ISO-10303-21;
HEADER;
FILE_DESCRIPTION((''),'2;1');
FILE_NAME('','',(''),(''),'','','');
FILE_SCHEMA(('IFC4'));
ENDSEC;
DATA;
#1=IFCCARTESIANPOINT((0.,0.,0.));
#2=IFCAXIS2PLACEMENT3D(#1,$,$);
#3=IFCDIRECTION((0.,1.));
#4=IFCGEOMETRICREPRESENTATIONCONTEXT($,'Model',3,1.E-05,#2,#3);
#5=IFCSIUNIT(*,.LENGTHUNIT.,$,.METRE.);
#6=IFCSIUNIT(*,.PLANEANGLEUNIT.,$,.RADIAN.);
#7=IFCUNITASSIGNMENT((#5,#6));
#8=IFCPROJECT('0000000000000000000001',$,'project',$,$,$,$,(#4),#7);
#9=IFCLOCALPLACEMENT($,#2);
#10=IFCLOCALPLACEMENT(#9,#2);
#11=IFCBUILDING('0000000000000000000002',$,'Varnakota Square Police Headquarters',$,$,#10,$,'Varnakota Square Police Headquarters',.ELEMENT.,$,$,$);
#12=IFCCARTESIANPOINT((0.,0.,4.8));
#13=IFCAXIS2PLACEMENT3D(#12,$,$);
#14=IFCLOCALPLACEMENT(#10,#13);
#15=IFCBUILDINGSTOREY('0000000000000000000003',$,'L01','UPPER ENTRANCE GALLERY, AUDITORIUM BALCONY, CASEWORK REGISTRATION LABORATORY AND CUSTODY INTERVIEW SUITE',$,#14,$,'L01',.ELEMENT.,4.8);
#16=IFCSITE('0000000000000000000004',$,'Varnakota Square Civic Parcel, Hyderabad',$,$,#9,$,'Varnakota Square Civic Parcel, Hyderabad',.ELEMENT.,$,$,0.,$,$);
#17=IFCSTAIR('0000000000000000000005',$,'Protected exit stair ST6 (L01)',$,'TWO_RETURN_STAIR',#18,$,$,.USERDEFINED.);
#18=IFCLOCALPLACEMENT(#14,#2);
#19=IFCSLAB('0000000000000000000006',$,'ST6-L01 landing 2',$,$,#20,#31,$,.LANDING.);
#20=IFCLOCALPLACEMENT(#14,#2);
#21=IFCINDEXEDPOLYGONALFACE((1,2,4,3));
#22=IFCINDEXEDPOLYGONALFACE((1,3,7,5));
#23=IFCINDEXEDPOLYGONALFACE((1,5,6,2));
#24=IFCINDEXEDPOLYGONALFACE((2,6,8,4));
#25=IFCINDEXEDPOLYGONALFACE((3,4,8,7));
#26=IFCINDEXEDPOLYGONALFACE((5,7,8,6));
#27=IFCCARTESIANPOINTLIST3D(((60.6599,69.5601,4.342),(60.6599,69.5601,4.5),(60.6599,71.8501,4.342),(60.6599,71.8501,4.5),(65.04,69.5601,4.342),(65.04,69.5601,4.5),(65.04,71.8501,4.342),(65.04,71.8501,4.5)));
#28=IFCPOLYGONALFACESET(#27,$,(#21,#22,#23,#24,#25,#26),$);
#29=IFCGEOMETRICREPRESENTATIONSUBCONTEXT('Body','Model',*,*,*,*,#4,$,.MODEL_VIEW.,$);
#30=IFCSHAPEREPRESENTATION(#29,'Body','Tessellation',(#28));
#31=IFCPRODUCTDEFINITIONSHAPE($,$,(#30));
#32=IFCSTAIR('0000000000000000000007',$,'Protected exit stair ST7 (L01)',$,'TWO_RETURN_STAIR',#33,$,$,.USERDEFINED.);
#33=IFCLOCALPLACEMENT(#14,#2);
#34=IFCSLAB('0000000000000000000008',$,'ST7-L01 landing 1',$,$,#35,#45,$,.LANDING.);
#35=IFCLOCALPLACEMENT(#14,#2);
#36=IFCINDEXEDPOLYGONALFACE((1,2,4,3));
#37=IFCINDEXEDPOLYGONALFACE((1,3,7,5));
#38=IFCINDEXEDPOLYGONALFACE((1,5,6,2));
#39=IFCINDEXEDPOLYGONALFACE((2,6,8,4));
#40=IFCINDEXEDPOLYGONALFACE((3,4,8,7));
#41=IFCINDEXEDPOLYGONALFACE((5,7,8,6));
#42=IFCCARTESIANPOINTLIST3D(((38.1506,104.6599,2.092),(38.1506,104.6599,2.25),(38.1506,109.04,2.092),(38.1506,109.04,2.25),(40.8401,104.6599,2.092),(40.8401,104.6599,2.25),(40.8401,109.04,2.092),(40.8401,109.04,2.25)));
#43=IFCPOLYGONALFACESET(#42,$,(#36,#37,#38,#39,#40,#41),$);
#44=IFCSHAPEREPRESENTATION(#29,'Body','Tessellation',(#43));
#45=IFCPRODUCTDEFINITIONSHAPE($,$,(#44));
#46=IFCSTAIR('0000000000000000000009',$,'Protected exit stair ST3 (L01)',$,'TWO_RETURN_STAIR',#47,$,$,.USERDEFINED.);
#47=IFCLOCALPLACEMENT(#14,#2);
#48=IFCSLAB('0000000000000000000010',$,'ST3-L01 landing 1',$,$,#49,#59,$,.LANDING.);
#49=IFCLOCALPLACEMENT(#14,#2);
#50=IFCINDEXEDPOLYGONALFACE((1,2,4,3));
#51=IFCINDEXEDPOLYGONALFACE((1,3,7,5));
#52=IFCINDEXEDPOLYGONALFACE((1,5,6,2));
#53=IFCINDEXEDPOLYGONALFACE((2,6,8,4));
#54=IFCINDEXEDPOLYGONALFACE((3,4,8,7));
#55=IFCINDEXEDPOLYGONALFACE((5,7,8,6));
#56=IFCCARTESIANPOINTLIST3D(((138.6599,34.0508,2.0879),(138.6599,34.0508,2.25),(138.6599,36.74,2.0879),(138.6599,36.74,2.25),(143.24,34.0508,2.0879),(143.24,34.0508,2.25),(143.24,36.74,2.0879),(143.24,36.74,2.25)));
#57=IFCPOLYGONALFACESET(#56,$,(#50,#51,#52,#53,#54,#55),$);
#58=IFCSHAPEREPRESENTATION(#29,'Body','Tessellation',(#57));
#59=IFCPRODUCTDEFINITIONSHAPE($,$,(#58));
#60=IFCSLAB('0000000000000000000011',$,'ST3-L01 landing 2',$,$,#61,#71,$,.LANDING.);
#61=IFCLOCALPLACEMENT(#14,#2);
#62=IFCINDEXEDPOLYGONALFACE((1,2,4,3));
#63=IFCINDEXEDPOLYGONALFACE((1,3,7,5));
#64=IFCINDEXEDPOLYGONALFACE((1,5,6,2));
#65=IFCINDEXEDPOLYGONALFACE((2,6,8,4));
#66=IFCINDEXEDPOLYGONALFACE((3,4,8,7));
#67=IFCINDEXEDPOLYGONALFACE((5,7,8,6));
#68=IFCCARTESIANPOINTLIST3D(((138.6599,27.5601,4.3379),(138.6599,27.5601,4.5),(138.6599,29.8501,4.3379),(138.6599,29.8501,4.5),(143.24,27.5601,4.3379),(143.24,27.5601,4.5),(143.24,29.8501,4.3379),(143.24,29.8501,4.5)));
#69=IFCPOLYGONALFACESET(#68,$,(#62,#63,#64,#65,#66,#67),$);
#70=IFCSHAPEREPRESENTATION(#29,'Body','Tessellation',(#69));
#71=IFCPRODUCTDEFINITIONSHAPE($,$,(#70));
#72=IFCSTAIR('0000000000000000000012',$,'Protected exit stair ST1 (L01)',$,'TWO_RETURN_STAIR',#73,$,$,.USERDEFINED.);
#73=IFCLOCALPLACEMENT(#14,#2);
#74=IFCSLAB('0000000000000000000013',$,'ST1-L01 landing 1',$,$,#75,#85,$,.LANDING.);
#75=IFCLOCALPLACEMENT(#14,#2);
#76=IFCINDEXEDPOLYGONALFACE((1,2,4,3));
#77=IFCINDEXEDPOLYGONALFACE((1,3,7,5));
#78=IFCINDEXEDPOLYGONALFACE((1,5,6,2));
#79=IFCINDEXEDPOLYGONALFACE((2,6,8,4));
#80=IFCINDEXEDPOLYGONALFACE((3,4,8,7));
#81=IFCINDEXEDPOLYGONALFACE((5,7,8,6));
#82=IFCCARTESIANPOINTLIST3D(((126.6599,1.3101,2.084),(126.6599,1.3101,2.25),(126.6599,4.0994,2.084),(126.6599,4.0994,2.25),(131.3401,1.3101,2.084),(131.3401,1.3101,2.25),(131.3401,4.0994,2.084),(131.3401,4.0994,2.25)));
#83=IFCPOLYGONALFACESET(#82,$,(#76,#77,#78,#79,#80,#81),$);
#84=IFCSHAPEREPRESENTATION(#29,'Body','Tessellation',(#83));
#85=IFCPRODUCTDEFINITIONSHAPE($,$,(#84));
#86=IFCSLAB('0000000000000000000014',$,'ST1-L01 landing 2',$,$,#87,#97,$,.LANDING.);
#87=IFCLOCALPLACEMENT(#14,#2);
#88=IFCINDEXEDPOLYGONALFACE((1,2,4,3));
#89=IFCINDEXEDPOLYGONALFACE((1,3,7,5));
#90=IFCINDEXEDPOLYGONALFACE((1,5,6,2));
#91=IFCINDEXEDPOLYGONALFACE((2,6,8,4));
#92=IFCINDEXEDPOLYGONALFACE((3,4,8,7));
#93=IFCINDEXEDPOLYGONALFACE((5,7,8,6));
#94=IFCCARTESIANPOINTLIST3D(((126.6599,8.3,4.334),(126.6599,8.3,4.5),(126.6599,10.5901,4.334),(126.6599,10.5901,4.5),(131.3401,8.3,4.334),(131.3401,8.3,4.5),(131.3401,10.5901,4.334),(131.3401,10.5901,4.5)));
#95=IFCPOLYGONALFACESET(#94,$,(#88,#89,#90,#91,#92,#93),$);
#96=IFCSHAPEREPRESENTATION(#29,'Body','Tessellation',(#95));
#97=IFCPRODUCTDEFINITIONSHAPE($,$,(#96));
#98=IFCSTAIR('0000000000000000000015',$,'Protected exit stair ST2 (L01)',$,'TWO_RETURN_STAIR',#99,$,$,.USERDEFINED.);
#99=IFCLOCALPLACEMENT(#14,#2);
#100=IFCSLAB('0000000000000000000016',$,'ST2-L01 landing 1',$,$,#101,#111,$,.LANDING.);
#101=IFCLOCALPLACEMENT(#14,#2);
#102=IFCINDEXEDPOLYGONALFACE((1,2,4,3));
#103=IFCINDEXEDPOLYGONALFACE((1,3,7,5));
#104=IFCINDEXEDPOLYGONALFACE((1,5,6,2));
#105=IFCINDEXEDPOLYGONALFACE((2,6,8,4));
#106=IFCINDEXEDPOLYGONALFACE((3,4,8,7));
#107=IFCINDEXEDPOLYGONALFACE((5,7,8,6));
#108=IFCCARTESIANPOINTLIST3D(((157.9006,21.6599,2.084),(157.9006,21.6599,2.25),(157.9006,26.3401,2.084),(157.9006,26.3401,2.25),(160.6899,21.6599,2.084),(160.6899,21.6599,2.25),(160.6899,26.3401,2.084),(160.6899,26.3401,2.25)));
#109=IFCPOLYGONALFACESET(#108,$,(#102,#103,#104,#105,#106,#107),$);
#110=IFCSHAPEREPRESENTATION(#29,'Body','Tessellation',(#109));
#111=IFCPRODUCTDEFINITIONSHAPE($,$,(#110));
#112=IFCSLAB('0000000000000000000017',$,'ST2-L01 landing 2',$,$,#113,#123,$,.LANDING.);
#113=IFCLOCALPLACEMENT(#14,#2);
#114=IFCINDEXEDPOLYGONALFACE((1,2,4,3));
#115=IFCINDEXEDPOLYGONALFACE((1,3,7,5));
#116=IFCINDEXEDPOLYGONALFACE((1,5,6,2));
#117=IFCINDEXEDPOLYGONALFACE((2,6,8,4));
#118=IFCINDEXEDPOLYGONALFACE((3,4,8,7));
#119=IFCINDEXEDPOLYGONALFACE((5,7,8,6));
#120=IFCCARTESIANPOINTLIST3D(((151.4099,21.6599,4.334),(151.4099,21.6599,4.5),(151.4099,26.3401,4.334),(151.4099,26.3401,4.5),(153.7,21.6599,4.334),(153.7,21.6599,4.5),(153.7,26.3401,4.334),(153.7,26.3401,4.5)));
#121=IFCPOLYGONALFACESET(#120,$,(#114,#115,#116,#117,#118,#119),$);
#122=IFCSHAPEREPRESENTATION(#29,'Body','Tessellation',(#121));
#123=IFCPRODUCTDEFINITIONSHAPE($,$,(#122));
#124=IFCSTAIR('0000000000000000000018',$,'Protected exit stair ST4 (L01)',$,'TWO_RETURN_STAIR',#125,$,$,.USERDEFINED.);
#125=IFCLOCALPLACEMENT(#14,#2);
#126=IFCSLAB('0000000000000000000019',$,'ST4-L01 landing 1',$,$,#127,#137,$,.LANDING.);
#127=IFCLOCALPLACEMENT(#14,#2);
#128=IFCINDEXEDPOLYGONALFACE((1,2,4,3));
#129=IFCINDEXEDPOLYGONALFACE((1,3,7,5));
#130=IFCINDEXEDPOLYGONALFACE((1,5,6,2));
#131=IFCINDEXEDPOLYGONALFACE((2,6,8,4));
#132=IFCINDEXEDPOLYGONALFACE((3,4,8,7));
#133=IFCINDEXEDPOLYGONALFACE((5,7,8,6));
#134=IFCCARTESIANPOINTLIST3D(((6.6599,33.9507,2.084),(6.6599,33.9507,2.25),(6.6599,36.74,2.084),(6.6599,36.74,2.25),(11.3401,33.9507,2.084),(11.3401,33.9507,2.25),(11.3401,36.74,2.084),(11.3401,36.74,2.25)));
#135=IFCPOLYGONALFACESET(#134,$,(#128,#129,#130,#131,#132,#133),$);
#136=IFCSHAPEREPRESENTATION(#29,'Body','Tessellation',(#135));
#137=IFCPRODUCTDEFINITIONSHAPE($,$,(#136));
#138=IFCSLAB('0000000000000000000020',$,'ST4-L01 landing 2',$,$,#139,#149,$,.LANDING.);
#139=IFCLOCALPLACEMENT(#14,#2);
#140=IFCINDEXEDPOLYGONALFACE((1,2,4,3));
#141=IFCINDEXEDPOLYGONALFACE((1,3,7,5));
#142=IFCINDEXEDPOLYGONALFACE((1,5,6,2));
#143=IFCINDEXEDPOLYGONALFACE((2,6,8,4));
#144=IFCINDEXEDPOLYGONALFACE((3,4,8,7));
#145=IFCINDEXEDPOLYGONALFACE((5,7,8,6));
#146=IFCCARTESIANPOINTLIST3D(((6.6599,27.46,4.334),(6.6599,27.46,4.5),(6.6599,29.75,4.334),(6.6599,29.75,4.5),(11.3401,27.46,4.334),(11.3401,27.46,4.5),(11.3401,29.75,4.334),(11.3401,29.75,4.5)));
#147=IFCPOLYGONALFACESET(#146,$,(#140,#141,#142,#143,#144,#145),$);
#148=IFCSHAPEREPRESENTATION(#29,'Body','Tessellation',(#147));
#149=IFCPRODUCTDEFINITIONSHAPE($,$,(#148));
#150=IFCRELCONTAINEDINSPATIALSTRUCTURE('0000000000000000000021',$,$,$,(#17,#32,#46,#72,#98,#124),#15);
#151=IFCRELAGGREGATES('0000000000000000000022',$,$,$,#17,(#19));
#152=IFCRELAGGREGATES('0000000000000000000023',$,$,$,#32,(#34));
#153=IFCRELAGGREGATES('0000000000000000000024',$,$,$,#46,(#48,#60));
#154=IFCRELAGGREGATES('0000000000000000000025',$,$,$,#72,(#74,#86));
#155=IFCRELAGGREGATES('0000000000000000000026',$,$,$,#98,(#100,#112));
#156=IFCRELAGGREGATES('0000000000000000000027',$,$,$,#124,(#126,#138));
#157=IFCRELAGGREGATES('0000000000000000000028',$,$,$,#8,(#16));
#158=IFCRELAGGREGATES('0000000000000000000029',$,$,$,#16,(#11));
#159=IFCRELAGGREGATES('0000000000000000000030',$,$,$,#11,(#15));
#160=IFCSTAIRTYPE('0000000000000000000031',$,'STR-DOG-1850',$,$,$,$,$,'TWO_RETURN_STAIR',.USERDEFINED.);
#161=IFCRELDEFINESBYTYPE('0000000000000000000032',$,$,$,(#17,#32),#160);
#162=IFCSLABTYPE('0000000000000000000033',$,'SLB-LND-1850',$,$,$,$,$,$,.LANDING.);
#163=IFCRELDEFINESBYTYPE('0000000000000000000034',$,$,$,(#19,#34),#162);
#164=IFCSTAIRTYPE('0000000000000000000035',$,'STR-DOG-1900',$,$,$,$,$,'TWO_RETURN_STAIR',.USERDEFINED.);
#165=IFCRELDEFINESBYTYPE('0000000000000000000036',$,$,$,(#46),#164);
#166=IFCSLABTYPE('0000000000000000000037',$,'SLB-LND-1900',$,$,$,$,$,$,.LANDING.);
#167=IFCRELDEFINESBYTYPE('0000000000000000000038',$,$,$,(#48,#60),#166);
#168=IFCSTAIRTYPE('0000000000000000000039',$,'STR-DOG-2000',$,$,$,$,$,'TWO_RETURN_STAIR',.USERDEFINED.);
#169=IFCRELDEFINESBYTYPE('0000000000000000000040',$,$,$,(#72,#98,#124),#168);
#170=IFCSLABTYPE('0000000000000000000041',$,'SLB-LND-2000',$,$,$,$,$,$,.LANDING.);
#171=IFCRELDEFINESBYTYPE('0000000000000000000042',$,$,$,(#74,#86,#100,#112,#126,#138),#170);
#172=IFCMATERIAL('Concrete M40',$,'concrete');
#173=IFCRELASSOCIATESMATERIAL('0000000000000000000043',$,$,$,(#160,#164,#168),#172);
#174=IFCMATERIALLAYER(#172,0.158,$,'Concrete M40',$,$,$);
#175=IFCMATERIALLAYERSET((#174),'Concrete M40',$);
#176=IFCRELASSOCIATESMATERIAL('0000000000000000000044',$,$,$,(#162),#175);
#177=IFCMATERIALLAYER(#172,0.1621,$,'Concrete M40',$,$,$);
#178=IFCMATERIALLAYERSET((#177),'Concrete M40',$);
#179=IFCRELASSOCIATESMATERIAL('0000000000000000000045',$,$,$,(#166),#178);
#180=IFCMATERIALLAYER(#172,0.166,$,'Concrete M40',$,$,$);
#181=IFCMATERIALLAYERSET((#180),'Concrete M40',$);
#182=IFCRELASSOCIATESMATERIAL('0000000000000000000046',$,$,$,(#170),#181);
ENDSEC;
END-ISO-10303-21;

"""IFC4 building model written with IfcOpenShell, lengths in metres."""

from ifc_helpers import new_model, si_unit, direction, frame, origin, place, context, subcontext, project, spatial, polyline, outline, extrude, material, layer, layer_set, type_object, element, aggregate, save


model = new_model("IFC4")

# Units and contexts
model_context = context("Model", 3, precision=1e-05, world=origin(), true_north=direction((0.0, 1.0)))
body_context = subcontext(model_context, "Body", "Model", "MODEL_VIEW")
ifc_project = project(units=[si_unit("LENGTHUNIT", "METRE"), si_unit("PLANEANGLEUNIT", "RADIAN")], contexts=[model_context])

# Site, building, storey
site_placement = place(None, origin())
site = spatial("IfcSite", under=ifc_project, at=site_placement, Name="Varnakota Square Civic Parcel, Hyderabad", LongName="Varnakota Square Civic Parcel, Hyderabad", CompositionType="ELEMENT", RefElevation=0.0)
building_placement = place(site_placement, origin())
building = spatial("IfcBuilding", under=site, at=building_placement, Name="Varnakota Square Police Headquarters", LongName="Varnakota Square Police Headquarters", CompositionType="ELEMENT")
storey_placement = place(building_placement, frame((0.0, 0.0, 4.8)))
storey = spatial("IfcBuildingStorey", under=building, at=storey_placement, Name="L01", Description="UPPER ENTRANCE GALLERY, AUDITORIUM BALCONY, CASEWORK REGISTRATION LABORATORY AND CUSTODY INTERVIEW SUITE", LongName="L01", CompositionType="ELEMENT", Elevation=4.8)

# Shared definitions
ifc_material = material(Name="Concrete M40", Category="concrete")

# Stair, slab
stair_type_1 = type_object("IfcStairType", Name="STR-DOG-1850", ElementType="TWO_RETURN_STAIR", PredefinedType="USERDEFINED", material=ifc_material)
ifc_layer_1 = layer(ifc_material, 0.158, Name="Concrete M40")
ifc_layer_set_1 = layer_set([ifc_layer_1], Name="Concrete M40")
slab_type_1 = type_object("IfcSlabType", Name="SLB-LND-1850", PredefinedType="LANDING", material=ifc_layer_set_1)
stair_1_placement = place(storey_placement, origin())
stair_1 = element("IfcStair", 1, at=stair_1_placement, inside=storey, type_object=stair_type_1, Name="Protected exit stair ST6 (L01)", ObjectType="TWO_RETURN_STAIR", PredefinedType="USERDEFINED")
slab_1_placement = place(storey_placement, frame((0.0, 0.0, 4.342)))
slab_1 = element("IfcSlab", 2, at=slab_1_placement, type_object=slab_type_1, Name="ST6-L01 landing 2", PredefinedType="LANDING", context=body_context, shape_type="SweptSolid", body=[
    extrude(outline(polyline([(60.6599, 69.5601), (65.04, 69.5601), (65.04, 71.8501), (60.6599, 71.8501), (60.6599, 69.5601)])), origin(), (0.0, 0.0, 1.0), 0.158),
])
aggregate(stair_1, [slab_1])

# Stair, slab
stair_2_placement = place(storey_placement, origin())
stair_2 = element("IfcStair", 3, at=stair_2_placement, inside=storey, type_object=stair_type_1, Name="Protected exit stair ST7 (L01)", ObjectType="TWO_RETURN_STAIR", PredefinedType="USERDEFINED")
slab_2_placement = place(storey_placement, frame((0.0, 0.0, 2.092)))
slab_2 = element("IfcSlab", 4, at=slab_2_placement, type_object=slab_type_1, Name="ST7-L01 landing 1", PredefinedType="LANDING", context=body_context, shape_type="SweptSolid", body=[
    extrude(outline(polyline([(38.1506, 104.6599), (40.8401, 104.6599), (40.8401, 109.04), (38.1506, 109.04), (38.1506, 104.6599)])), origin(), (0.0, 0.0, 1.0), 0.158),
])
aggregate(stair_2, [slab_2])

# Stairs, slabs
stair_type_2 = type_object("IfcStairType", Name="STR-DOG-1900", ElementType="TWO_RETURN_STAIR", PredefinedType="USERDEFINED", material=ifc_material)
stair_3_placement = place(storey_placement, origin())
stair_3 = element("IfcStair", 5, at=stair_3_placement, inside=storey, type_object=stair_type_2, Name="Protected exit stair ST3 (L01)", ObjectType="TWO_RETURN_STAIR", PredefinedType="USERDEFINED")
ifc_layer_2 = layer(ifc_material, 0.1621, Name="Concrete M40")
ifc_layer_set_2 = layer_set([ifc_layer_2], Name="Concrete M40")
slab_type_2 = type_object("IfcSlabType", Name="SLB-LND-1900", PredefinedType="LANDING", material=ifc_layer_set_2)
slab_3_placement = place(storey_placement, frame((0.0, 0.0, 2.0879)))
slab_3 = element("IfcSlab", 6, at=slab_3_placement, type_object=slab_type_2, Name="ST3-L01 landing 1", PredefinedType="LANDING", context=body_context, shape_type="SweptSolid", body=[
    extrude(outline(polyline([(138.6599, 34.0508), (143.24, 34.0508), (143.24, 36.74), (138.6599, 36.74), (138.6599, 34.0508)])), origin(), (0.0, 0.0, 1.0), 0.1621),
])
slab_4_placement = place(storey_placement, frame((0.0, 0.0, 4.3379)))
slab_4 = element("IfcSlab", 7, at=slab_4_placement, type_object=slab_type_2, Name="ST3-L01 landing 2", PredefinedType="LANDING", context=body_context, shape_type="SweptSolid", body=[
    extrude(outline(polyline([(138.6599, 27.5601), (143.24, 27.5601), (143.24, 29.8501), (138.6599, 29.8501), (138.6599, 27.5601)])), origin(), (0.0, 0.0, 1.0), 0.1621),
])
aggregate(stair_3, [slab_3, slab_4])
stair_type_3 = type_object("IfcStairType", Name="STR-DOG-2000", ElementType="TWO_RETURN_STAIR", PredefinedType="USERDEFINED", material=ifc_material)
stair_4_placement = place(storey_placement, origin())
stair_4 = element("IfcStair", 8, at=stair_4_placement, inside=storey, type_object=stair_type_3, Name="Protected exit stair ST1 (L01)", ObjectType="TWO_RETURN_STAIR", PredefinedType="USERDEFINED")
ifc_layer_3 = layer(ifc_material, 0.166, Name="Concrete M40")
ifc_layer_set_3 = layer_set([ifc_layer_3], Name="Concrete M40")
slab_type_3 = type_object("IfcSlabType", Name="SLB-LND-2000", PredefinedType="LANDING", material=ifc_layer_set_3)
slab_5_placement = place(storey_placement, frame((0.0, 0.0, 2.084)))
slab_5 = element("IfcSlab", 9, at=slab_5_placement, type_object=slab_type_3, Name="ST1-L01 landing 1", PredefinedType="LANDING", context=body_context, shape_type="SweptSolid", body=[
    extrude(outline(polyline([(126.6599, 1.3101), (131.3401, 1.3101), (131.3401, 4.0994), (126.6599, 4.0994), (126.6599, 1.3101)])), origin(), (0.0, 0.0, 1.0), 0.166),
])
slab_6_placement = place(storey_placement, frame((0.0, 0.0, 4.334)))
slab_6 = element("IfcSlab", 10, at=slab_6_placement, type_object=slab_type_3, Name="ST1-L01 landing 2", PredefinedType="LANDING", context=body_context, shape_type="SweptSolid", body=[
    extrude(outline(polyline([(126.6599, 8.3), (131.3401, 8.3), (131.3401, 10.5901), (126.6599, 10.5901), (126.6599, 8.3)])), origin(), (0.0, 0.0, 1.0), 0.166),
])
aggregate(stair_4, [slab_5, slab_6])
stair_5_placement = place(storey_placement, origin())
stair_5 = element("IfcStair", 11, at=stair_5_placement, inside=storey, type_object=stair_type_3, Name="Protected exit stair ST2 (L01)", ObjectType="TWO_RETURN_STAIR", PredefinedType="USERDEFINED")
slab_7_placement = place(storey_placement, frame((0.0, 0.0, 2.084)))
slab_7 = element("IfcSlab", 12, at=slab_7_placement, type_object=slab_type_3, Name="ST2-L01 landing 1", PredefinedType="LANDING", context=body_context, shape_type="SweptSolid", body=[
    extrude(outline(polyline([(157.9006, 21.6599), (160.6899, 21.6599), (160.6899, 26.3401), (157.9006, 26.3401), (157.9006, 21.6599)])), origin(), (0.0, 0.0, 1.0), 0.166),
])
slab_8_placement = place(storey_placement, frame((0.0, 0.0, 4.334)))
slab_8 = element("IfcSlab", 13, at=slab_8_placement, type_object=slab_type_3, Name="ST2-L01 landing 2", PredefinedType="LANDING", context=body_context, shape_type="SweptSolid", body=[
    extrude(outline(polyline([(151.4099, 21.6599), (153.7, 21.6599), (153.7, 26.3401), (151.4099, 26.3401), (151.4099, 21.6599)])), origin(), (0.0, 0.0, 1.0), 0.166),
])
aggregate(stair_5, [slab_7, slab_8])
stair_6_placement = place(storey_placement, origin())
stair_6 = element("IfcStair", 14, at=stair_6_placement, inside=storey, type_object=stair_type_3, Name="Protected exit stair ST4 (L01)", ObjectType="TWO_RETURN_STAIR", PredefinedType="USERDEFINED")
slab_9_placement = place(storey_placement, frame((0.0, 0.0, 2.084)))
slab_9 = element("IfcSlab", 15, at=slab_9_placement, type_object=slab_type_3, Name="ST4-L01 landing 1", PredefinedType="LANDING", context=body_context, shape_type="SweptSolid", body=[
    extrude(outline(polyline([(6.6599, 33.9507), (11.3401, 33.9507), (11.3401, 36.74), (6.6599, 36.74), (6.6599, 33.9507)])), origin(), (0.0, 0.0, 1.0), 0.166),
])
slab_10_placement = place(storey_placement, frame((0.0, 0.0, 4.334)))
slab_10 = element("IfcSlab", 16, at=slab_10_placement, type_object=slab_type_3, Name="ST4-L01 landing 2", PredefinedType="LANDING", context=body_context, shape_type="SweptSolid", body=[
    extrude(outline(polyline([(6.6599, 27.46), (11.3401, 27.46), (11.3401, 29.75), (6.6599, 29.75), (6.6599, 27.46)])), origin(), (0.0, 0.0, 1.0), 0.166),
])
aggregate(stair_6, [slab_9, slab_10])

save(model, "model.ifc")
